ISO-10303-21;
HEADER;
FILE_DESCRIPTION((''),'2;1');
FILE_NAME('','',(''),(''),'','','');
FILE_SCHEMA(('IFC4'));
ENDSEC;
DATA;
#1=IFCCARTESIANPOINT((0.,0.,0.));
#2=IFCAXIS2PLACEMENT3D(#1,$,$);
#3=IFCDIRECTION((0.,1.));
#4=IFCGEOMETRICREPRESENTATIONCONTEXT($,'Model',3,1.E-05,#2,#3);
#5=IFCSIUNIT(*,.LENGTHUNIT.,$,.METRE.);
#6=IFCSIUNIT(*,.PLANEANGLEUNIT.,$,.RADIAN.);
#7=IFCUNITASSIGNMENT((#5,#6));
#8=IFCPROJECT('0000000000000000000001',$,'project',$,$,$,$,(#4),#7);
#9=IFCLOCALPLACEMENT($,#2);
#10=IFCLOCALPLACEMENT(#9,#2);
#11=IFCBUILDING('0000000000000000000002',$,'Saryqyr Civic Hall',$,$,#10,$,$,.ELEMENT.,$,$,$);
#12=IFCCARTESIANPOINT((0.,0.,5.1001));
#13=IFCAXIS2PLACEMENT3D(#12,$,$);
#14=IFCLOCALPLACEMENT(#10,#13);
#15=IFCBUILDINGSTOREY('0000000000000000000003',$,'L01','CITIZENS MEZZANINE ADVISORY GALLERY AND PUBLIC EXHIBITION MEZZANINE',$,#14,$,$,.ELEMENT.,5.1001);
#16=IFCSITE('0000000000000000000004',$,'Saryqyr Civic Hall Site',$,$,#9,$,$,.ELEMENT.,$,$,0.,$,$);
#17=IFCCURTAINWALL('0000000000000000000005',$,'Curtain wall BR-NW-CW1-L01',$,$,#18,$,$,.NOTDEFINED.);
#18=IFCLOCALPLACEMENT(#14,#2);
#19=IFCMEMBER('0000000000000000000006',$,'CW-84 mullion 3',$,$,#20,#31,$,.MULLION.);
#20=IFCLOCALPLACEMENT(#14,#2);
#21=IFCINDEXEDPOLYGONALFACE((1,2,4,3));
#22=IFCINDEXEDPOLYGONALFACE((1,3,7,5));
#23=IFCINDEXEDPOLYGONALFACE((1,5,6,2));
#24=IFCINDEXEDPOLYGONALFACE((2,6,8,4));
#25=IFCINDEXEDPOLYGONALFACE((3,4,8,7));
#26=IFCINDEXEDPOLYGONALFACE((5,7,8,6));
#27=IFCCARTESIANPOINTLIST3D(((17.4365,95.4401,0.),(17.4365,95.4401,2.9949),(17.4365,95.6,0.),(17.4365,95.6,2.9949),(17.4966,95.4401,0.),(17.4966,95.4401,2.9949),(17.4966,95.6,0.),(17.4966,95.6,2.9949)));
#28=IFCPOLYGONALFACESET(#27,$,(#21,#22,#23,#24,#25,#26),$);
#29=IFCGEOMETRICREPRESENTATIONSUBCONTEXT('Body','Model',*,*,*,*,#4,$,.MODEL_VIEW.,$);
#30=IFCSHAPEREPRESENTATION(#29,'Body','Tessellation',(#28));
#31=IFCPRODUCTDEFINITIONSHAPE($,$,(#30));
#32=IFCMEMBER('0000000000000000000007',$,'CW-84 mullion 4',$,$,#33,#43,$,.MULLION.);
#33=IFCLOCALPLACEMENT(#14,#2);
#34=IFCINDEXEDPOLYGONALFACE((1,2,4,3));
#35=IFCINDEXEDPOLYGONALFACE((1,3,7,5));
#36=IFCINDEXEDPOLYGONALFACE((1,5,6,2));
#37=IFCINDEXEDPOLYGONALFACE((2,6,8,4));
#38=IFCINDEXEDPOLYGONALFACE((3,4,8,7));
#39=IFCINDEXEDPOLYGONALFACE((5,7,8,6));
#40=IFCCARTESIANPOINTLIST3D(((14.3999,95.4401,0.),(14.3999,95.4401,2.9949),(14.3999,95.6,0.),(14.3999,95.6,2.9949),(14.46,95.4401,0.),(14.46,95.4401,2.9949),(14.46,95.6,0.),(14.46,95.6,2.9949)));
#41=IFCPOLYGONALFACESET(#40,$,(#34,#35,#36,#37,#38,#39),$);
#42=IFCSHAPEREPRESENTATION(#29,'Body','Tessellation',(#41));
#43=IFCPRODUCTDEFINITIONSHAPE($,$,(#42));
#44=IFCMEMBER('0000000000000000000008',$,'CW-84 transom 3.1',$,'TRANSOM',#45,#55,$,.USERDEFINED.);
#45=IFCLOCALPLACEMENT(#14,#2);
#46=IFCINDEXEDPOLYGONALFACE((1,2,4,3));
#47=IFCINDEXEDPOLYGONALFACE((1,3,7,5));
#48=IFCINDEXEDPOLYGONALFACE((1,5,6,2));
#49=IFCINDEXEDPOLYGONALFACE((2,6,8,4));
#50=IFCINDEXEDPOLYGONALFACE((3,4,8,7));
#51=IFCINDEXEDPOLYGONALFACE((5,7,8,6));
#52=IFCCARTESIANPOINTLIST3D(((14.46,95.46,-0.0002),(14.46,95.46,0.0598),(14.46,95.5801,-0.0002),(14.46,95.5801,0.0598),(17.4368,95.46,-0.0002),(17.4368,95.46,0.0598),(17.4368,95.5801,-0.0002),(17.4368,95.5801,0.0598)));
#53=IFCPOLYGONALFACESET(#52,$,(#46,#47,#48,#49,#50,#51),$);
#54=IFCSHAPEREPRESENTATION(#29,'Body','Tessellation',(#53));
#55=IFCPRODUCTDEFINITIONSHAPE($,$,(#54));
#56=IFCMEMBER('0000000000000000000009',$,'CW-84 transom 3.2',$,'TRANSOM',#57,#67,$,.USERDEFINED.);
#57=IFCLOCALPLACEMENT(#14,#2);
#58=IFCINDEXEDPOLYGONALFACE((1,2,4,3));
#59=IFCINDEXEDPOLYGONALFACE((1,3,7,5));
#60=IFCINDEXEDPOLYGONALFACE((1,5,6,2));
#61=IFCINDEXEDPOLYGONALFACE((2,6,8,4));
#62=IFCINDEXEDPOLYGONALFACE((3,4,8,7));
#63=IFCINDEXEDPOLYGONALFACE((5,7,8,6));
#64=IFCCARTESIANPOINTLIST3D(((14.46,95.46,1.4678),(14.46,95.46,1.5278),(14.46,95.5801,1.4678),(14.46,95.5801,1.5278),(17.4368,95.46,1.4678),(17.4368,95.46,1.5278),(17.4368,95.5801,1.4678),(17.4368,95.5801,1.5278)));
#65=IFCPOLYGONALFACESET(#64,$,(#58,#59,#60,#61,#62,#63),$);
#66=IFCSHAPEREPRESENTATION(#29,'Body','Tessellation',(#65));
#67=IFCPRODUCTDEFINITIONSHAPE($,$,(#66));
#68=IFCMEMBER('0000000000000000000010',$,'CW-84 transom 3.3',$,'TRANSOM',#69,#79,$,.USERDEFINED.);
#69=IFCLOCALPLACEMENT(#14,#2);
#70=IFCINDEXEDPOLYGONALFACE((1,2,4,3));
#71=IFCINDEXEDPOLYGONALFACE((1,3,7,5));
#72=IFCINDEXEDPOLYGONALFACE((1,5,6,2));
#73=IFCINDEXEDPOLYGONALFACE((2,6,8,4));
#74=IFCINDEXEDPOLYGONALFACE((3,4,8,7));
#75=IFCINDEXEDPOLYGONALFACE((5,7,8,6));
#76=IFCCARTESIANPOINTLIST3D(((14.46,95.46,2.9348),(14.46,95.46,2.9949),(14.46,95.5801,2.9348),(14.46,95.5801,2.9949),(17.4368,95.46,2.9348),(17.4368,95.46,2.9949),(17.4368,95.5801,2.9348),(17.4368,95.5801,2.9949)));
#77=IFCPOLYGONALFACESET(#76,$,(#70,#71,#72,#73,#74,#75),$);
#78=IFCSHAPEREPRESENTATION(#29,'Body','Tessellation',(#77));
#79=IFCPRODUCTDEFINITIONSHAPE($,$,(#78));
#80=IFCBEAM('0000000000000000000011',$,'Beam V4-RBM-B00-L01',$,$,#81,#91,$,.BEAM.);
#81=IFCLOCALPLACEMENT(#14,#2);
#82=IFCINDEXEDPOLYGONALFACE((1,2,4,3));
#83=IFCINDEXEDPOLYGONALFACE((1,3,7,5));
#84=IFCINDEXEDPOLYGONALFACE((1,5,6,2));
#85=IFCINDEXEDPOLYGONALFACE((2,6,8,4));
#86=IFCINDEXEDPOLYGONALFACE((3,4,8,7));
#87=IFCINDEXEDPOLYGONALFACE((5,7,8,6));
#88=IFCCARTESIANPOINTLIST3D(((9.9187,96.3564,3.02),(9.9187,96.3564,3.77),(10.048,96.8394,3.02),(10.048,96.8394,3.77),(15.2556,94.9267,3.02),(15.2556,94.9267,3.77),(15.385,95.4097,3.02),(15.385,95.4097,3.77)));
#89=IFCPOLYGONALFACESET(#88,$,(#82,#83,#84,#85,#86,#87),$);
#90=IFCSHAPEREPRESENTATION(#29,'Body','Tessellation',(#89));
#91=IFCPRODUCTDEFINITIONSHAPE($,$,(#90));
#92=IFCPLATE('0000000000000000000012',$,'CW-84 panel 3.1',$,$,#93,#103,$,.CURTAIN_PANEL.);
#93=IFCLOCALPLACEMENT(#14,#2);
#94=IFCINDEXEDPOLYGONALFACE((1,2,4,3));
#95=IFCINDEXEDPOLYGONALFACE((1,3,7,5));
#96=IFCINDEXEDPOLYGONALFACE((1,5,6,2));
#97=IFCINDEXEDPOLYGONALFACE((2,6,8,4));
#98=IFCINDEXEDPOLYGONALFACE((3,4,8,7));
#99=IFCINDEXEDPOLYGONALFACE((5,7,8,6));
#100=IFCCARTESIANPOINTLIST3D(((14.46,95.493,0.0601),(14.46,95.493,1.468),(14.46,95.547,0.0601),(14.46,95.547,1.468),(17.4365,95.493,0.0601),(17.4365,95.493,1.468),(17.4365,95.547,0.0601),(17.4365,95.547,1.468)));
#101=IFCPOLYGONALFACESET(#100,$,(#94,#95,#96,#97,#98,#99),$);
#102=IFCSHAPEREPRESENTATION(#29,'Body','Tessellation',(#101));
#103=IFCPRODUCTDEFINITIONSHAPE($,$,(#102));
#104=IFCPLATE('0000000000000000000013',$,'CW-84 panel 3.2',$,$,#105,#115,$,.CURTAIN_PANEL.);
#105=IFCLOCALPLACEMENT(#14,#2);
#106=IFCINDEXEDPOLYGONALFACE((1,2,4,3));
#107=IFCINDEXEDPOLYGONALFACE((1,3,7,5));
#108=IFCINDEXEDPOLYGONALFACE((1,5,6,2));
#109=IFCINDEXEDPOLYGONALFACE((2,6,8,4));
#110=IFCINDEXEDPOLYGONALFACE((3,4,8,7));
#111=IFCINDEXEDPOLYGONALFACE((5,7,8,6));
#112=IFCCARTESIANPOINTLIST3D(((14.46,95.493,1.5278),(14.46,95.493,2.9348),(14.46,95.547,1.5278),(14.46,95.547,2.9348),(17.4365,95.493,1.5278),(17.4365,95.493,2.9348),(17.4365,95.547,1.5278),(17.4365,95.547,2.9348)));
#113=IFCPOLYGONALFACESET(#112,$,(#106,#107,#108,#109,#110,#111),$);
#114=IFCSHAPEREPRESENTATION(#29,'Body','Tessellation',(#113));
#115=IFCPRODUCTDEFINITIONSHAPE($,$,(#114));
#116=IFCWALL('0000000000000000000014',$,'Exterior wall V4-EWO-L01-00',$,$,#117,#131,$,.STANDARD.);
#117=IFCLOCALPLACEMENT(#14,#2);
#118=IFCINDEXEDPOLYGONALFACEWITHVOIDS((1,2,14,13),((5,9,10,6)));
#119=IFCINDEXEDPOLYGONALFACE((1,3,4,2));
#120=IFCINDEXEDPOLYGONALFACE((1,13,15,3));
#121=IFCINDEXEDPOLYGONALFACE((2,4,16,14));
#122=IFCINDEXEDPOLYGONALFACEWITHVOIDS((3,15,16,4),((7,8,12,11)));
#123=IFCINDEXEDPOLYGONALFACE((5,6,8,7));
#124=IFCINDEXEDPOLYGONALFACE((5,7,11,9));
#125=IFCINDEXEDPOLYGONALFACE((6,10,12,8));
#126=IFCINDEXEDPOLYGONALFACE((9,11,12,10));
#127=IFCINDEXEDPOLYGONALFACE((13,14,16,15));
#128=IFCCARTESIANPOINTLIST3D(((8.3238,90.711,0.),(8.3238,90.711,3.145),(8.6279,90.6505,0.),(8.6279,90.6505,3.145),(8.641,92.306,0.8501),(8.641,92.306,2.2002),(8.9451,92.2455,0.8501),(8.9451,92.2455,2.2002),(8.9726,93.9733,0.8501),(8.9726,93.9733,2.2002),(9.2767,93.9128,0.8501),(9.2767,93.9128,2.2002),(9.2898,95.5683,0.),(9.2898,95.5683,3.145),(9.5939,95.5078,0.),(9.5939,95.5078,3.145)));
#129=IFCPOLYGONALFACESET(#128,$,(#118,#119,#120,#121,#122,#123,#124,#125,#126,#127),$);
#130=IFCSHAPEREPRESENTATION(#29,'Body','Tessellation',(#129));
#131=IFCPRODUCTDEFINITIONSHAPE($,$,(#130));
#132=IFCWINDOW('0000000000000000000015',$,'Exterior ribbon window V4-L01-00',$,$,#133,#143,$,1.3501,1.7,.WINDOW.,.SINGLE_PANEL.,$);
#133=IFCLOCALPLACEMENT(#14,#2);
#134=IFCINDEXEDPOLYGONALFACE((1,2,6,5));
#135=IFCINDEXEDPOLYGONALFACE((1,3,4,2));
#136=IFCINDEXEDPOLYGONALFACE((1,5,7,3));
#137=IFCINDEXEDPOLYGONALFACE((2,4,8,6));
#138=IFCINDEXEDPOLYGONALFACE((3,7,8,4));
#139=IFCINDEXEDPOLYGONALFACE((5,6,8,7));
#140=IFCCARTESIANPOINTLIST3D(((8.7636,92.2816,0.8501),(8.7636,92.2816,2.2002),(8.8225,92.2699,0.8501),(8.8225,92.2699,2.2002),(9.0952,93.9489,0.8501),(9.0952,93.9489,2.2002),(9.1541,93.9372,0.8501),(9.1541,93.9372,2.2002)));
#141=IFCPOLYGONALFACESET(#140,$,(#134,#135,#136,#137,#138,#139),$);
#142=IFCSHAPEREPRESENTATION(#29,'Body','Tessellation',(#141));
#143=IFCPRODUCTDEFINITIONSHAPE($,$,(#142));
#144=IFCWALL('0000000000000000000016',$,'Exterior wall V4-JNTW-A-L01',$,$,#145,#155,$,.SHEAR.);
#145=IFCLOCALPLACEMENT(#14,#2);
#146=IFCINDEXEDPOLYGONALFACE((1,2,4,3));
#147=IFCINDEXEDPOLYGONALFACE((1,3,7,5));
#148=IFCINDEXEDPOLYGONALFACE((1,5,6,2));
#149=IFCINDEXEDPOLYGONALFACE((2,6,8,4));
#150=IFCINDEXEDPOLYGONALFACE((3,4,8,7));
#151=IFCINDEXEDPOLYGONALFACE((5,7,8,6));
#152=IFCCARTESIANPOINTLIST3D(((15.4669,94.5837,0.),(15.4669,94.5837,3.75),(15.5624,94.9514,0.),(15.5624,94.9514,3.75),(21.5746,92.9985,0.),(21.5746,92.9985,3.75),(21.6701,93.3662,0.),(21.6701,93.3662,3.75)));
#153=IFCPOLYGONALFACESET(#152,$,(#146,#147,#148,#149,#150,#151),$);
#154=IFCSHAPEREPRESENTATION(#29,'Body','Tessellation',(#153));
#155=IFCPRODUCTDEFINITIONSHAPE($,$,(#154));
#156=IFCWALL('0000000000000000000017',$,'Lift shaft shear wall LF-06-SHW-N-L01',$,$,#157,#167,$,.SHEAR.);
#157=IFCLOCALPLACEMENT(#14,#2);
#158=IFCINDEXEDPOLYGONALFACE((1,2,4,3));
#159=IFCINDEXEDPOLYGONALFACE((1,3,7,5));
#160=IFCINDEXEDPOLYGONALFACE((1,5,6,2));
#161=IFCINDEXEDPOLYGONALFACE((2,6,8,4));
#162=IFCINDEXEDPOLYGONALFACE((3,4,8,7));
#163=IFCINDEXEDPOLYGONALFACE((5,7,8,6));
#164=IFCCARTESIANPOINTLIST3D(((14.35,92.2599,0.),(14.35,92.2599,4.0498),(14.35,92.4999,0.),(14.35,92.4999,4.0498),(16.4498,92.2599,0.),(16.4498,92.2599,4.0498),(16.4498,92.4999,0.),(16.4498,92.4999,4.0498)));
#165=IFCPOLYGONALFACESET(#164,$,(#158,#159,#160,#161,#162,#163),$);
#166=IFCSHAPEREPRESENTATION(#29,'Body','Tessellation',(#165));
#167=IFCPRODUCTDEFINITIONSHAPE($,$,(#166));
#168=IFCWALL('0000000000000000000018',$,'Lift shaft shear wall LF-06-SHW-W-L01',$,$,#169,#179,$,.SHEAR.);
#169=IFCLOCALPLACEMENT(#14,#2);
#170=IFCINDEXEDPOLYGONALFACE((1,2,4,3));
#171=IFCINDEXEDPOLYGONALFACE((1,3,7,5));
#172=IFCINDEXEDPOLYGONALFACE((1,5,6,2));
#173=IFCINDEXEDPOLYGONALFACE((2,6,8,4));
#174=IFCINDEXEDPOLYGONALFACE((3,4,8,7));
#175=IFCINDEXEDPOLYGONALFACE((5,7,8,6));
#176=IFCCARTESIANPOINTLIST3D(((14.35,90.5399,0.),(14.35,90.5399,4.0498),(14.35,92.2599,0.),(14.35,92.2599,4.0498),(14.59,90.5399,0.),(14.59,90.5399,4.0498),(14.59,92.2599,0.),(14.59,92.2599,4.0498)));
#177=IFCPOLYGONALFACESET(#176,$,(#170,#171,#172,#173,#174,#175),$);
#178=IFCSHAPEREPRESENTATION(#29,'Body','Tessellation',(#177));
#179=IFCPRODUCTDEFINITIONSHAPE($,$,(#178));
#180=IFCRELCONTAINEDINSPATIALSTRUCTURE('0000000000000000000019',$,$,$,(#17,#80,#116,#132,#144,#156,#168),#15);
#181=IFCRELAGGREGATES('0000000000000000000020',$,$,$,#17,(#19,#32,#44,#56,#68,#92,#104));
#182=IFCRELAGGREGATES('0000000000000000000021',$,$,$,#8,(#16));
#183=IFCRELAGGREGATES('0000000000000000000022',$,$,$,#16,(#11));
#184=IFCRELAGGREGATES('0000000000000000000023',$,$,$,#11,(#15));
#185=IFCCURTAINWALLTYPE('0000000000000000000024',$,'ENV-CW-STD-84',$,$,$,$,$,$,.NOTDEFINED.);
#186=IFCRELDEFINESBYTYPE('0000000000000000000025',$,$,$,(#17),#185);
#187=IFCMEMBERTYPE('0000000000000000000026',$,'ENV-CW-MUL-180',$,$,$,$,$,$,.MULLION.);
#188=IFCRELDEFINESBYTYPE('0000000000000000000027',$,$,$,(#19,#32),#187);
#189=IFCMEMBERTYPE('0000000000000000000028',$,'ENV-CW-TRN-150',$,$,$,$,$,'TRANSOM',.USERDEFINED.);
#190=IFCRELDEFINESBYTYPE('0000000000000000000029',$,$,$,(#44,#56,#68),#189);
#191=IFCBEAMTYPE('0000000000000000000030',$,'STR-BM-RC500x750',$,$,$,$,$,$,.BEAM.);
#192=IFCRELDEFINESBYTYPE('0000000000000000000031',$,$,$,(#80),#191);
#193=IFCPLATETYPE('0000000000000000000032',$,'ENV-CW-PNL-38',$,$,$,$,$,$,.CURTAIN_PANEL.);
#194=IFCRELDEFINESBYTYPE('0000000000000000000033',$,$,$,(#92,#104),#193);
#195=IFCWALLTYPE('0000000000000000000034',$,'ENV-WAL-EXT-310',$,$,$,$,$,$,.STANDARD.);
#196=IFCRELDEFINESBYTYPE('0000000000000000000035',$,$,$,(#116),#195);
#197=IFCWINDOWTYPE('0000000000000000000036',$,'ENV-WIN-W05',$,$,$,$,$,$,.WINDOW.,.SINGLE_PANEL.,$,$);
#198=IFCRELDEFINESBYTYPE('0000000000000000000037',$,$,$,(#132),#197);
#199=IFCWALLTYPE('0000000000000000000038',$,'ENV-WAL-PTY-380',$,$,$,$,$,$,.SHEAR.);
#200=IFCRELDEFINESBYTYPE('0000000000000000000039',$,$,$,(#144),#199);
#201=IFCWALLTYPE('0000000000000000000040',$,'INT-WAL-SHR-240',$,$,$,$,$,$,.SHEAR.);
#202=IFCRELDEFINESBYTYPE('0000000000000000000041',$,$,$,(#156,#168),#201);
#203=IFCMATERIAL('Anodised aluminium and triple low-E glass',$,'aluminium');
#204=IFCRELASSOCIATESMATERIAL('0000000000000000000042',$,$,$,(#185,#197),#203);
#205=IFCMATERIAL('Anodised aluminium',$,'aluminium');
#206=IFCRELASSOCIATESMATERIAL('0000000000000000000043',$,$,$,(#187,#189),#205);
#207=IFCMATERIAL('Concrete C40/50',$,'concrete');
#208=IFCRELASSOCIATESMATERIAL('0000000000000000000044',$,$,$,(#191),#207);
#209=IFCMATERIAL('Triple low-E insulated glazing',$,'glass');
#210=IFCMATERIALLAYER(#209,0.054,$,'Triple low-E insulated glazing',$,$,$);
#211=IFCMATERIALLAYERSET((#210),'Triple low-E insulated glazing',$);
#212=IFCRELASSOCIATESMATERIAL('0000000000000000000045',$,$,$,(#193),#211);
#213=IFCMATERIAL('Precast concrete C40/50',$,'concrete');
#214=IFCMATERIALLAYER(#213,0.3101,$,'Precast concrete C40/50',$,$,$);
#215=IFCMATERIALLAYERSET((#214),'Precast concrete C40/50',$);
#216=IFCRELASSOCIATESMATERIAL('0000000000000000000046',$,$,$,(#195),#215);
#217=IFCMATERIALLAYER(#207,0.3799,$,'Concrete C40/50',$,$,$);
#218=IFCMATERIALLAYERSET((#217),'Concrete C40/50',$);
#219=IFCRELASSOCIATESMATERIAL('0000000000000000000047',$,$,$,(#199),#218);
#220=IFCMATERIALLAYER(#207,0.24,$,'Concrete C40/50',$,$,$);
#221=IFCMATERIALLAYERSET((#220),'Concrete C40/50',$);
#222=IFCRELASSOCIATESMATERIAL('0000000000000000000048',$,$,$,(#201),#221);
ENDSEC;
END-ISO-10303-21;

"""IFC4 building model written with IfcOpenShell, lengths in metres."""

from ifc_helpers import new_model, si_unit, direction, frame, frame_2d, origin, origin_2d, place, context, subcontext, project, spatial, rectangle, extrude, material, layer, layer_set, material_profile, profile_set, type_object, element, fill, aggregate, save


model = new_model("IFC4")

# Units and contexts
model_context = context("Model", 3, precision=1e-05, world=origin(), true_north=direction((0.0, 1.0)))
body_context = subcontext(model_context, "Body", "Model", "MODEL_VIEW")
ifc_project = project(units=[si_unit("LENGTHUNIT", "METRE"), si_unit("PLANEANGLEUNIT", "RADIAN")], contexts=[model_context])

# Site, building, storey
site_placement = place(None, origin())
site = spatial("IfcSite", under=ifc_project, at=site_placement, Name="Saryqyr Civic Hall Site", CompositionType="ELEMENT", RefElevation=0.0)
building_placement = place(site_placement, origin())
building = spatial("IfcBuilding", under=site, at=building_placement, Name="Saryqyr Civic Hall", CompositionType="ELEMENT")
storey_placement = place(building_placement, frame((0.0, 0.0, 5.1001)))
storey = spatial("IfcBuildingStorey", under=building, at=storey_placement, Name="L01", Description="CITIZENS MEZZANINE ADVISORY GALLERY AND PUBLIC EXHIBITION MEZZANINE", CompositionType="ELEMENT", Elevation=5.1001)

# Shared definitions
ifc_material_1 = material(Name="Concrete C40/50", Category="concrete")

# Curtain wall, members
ifc_material_2 = material(Name="Anodised aluminium and triple low-E glass", Category="aluminium")
curtain_wall_type = type_object("IfcCurtainWallType", Name="ENV-CW-STD-84", PredefinedType="NOTDEFINED", material=ifc_material_2)
curtain_wall_placement = place(storey_placement, origin())
curtain_wall = element("IfcCurtainWall", 1, at=curtain_wall_placement, inside=storey, type_object=curtain_wall_type, Name="Curtain wall BR-NW-CW1-L01", PredefinedType="NOTDEFINED")
ifc_material_3 = material(Name="Anodised aluminium", Category="aluminium")
ifc_material_profile_1 = material_profile(ifc_material_3, rectangle(XDim=0.0601, YDim=0.1599, at=origin_2d()), Name="ALU MULLION 60x160")
ifc_profile_set_1 = profile_set([ifc_material_profile_1], Name="Anodised aluminium")
member_type_1 = type_object("IfcMemberType", Name="ENV-CW-MUL-180", PredefinedType="MULLION", material=ifc_profile_set_1)
member_1_placement = place(storey_placement, frame((17.4666, 95.52, 0.0), z_axis=(0.0, 0.0, 1.0), x_axis=(-1.0, 0.0, 0.0)))
member_1 = element("IfcMember", 2, at=member_1_placement, type_object=member_type_1, Name="CW-84 mullion 3", PredefinedType="MULLION", context=body_context, shape_type="SweptSolid", body=[
    extrude(rectangle(XDim=0.0601, YDim=0.1599, at=origin_2d()), origin(), (0.0, 0.0, 1.0), 2.9949),
])
member_2_placement = place(storey_placement, frame((14.4299, 95.52, 0.0), z_axis=(0.0, 0.0, 1.0), x_axis=(-1.0, 0.0, 0.0)))
member_2 = element("IfcMember", 3, at=member_2_placement, type_object=member_type_1, Name="CW-84 mullion 4", PredefinedType="MULLION", context=body_context, shape_type="SweptSolid", body=[
    extrude(rectangle(XDim=0.0601, YDim=0.1599, at=origin_2d()), origin(), (0.0, 0.0, 1.0), 2.9949),
])
ifc_material_profile_2 = material_profile(ifc_material_3, rectangle(XDim=0.1201, YDim=0.0601, at=origin_2d()), Name="ALU TRANSOM 120x60")
ifc_profile_set_2 = profile_set([ifc_material_profile_2], Name="Anodised aluminium")
member_type_2 = type_object("IfcMemberType", Name="ENV-CW-TRN-150", ElementType="TRANSOM", PredefinedType="USERDEFINED", material=ifc_profile_set_2)
member_3_placement = place(storey_placement, frame((17.4368, 95.52, 0.0298), z_axis=(-1.0, 0.0, 0.0), x_axis=(0.0, -1.0, 0.0)))
member_3 = element("IfcMember", 4, at=member_3_placement, type_object=member_type_2, Name="CW-84 transom 3.1", ObjectType="TRANSOM", PredefinedType="USERDEFINED", context=body_context, shape_type="SweptSolid", body=[
    extrude(rectangle(XDim=0.1201, YDim=0.0601, at=origin_2d()), origin(), (0.0, 0.0, 1.0), 2.9768),
])
member_4_placement = place(storey_placement, frame((17.4368, 95.52, 1.4978), z_axis=(-1.0, 0.0, 0.0), x_axis=(0.0, -1.0, 0.0)))
member_4 = element("IfcMember", 5, at=member_4_placement, type_object=member_type_2, Name="CW-84 transom 3.2", ObjectType="TRANSOM", PredefinedType="USERDEFINED", context=body_context, shape_type="SweptSolid", body=[
    extrude(rectangle(XDim=0.1201, YDim=0.0601, at=origin_2d()), origin(), (0.0, 0.0, 1.0), 2.9768),
])
member_5_placement = place(storey_placement, frame((17.4368, 95.52, 2.9648), z_axis=(-1.0, 0.0, 0.0), x_axis=(0.0, -1.0, 0.0)))
member_5 = element("IfcMember", 6, at=member_5_placement, type_object=member_type_2, Name="CW-84 transom 3.3", ObjectType="TRANSOM", PredefinedType="USERDEFINED", context=body_context, shape_type="SweptSolid", body=[
    extrude(rectangle(XDim=0.1201, YDim=0.0601, at=origin_2d()), origin(), (0.0, 0.0, 1.0), 2.9768),
])

# Beam
ifc_material_profile_3 = material_profile(ifc_material_1, rectangle(XDim=0.5, YDim=0.75, at=origin_2d()), Name="RC 500x750")
ifc_profile_set_3 = profile_set([ifc_material_profile_3], Name="Concrete C40/50")
beam_type = type_object("IfcBeamType", Name="STR-BM-RC500x750", PredefinedType="BEAM", material=ifc_profile_set_3)
beam_placement = place(storey_placement, frame((15.3203, 95.1682, 3.395), z_axis=(-0.965941, 0.258763, 0.0), x_axis=(-0.258763, -0.965941, 0.0)))
element("IfcBeam", 7, at=beam_placement, inside=storey, type_object=beam_type, Name="Beam V4-RBM-B00-L01", PredefinedType="BEAM", context=body_context, shape_type="SweptSolid", body=[
    extrude(rectangle(XDim=0.5, YDim=0.75, at=origin_2d()), origin(), (0.0, 0.0, 1.0), 5.5251),
])

# Plates
ifc_material_4 = material(Name="Triple low-E insulated glazing", Category="glass")
ifc_layer_1 = layer(ifc_material_4, 0.054, Name="Triple low-E insulated glazing")
ifc_layer_set_1 = layer_set([ifc_layer_1], Name="Triple low-E insulated glazing")
plate_type = type_object("IfcPlateType", Name="ENV-CW-PNL-38", PredefinedType="CURTAIN_PANEL", material=ifc_layer_set_1)
plate_1_placement = place(storey_placement, frame((15.9482, 95.52, 0.0601), z_axis=(0.0, 0.0, 1.0), x_axis=(-1.0, 0.0, 0.0)))
plate_1 = element("IfcPlate", 8, at=plate_1_placement, type_object=plate_type, Name="CW-84 panel 3.1", PredefinedType="CURTAIN_PANEL", context=body_context, shape_type="SweptSolid", body=[
    extrude(rectangle(XDim=2.9766, YDim=0.054, at=origin_2d()), origin(), (0.0, 0.0, 1.0), 1.408),
])
plate_2_placement = place(storey_placement, frame((15.9482, 95.52, 1.5278), z_axis=(0.0, 0.0, 1.0), x_axis=(-1.0, 0.0, 0.0)))
plate_2 = element("IfcPlate", 9, at=plate_2_placement, type_object=plate_type, Name="CW-84 panel 3.2", PredefinedType="CURTAIN_PANEL", context=body_context, shape_type="SweptSolid", body=[
    extrude(rectangle(XDim=2.9766, YDim=0.054, at=origin_2d()), origin(), (0.0, 0.0, 1.0), 1.407),
])
aggregate(curtain_wall, [member_1, member_2, member_3, member_4, member_5, plate_1, plate_2])

# Wall, opening, window
ifc_material_5 = material(Name="Precast concrete C40/50", Category="concrete")
ifc_layer_2 = layer(ifc_material_5, 0.3101, Name="Precast concrete C40/50")
ifc_layer_set_2 = layer_set([ifc_layer_2], Name="Precast concrete C40/50")
wall_type_1 = type_object("IfcWallType", Name="ENV-WAL-EXT-310", PredefinedType="STANDARD", material=ifc_layer_set_2)
wall_1_placement = place(storey_placement, frame((8.4758, 90.6809, 0.0), z_axis=(0.0, 0.0, 1.0), x_axis=(0.195073, 0.980789, 0.0)))
wall_1 = element("IfcWall", 10, at=wall_1_placement, inside=storey, type_object=wall_type_1, Name="Exterior wall V4-EWO-L01-00", PredefinedType="STANDARD", context=body_context, shape_type="SweptSolid", body=[
    extrude(rectangle(XDim=4.9524, YDim=0.3101, at=frame_2d((2.4761, 0.0))), origin(), (0.0, 0.0, 1.0), 3.145),
])
opening_1_placement = place(wall_1_placement, frame((1.626, 0.0, 0.8501)))
opening_1 = element("IfcOpeningElement", 11, at=opening_1_placement, cuts=wall_1, PredefinedType="OPENING", context=body_context, shape_type="SweptSolid", body=[
    extrude(rectangle(XDim=1.7, YDim=1.3501, at=frame_2d((0.8501, 0.675))), frame((0.0, 0.165, 0.0), z_axis=(0.0, -1.0, 0.0), x_axis=(1.0, 0.0, 0.0)), (0.0, 0.0, 1.0), 0.3301),
])
window_type = type_object("IfcWindowType", Name="ENV-WIN-W05", PartitioningType="SINGLE_PANEL", PredefinedType="WINDOW", material=ifc_material_2)
window_placement = place(opening_1_placement, origin())
window = element("IfcWindow", 12, at=window_placement, inside=storey, type_object=window_type, Name="Exterior ribbon window V4-L01-00", OverallHeight=1.3501, OverallWidth=1.7, PartitioningType="SINGLE_PANEL", PredefinedType="WINDOW", context=body_context, shape_type="SweptSolid", body=[
    extrude(rectangle(XDim=1.7, YDim=1.3501, at=frame_2d((0.8501, 0.675))), frame((0.0, 0.03, 0.0), z_axis=(0.0, -1.0, 0.0), x_axis=(1.0, 0.0, 0.0)), (0.0, 0.0, 1.0), 0.0601),
])
fill(opening_1, window)

# Wall
ifc_layer_3 = layer(ifc_material_1, 0.3799, Name="Concrete C40/50")
ifc_layer_set_3 = layer_set([ifc_layer_3], Name="Concrete C40/50")
wall_type_2 = type_object("IfcWallType", Name="ENV-WAL-PTY-380", PredefinedType="SHEAR", material=ifc_layer_set_3)
wall_2_placement = place(storey_placement, frame((15.5146, 94.7676, 0.0), z_axis=(0.0, 0.0, 1.0), x_axis=(0.96793, -0.25122, 0.0)))
element("IfcWall", 13, at=wall_2_placement, inside=storey, type_object=wall_type_2, Name="Exterior wall V4-JNTW-A-L01", PredefinedType="SHEAR", context=body_context, shape_type="SweptSolid", body=[
    extrude(rectangle(XDim=6.3101, YDim=0.3799, at=frame_2d((3.155, 0.0))), origin(), (0.0, 0.0, 1.0), 3.75),
])

# Shared definitions
ifc_layer_4 = layer(ifc_material_1, 0.24, Name="Concrete C40/50")
ifc_layer_set_4 = layer_set([ifc_layer_4], Name="Concrete C40/50")
wall_type_3 = type_object("IfcWallType", Name="INT-WAL-SHR-240", PredefinedType="SHEAR", material=ifc_layer_set_4)

# Walls
wall_3_placement = place(storey_placement, frame((14.3501, 92.3799, 0.0), z_axis=(0.0, 0.0, 1.0), x_axis=(1.0, 0.0, 0.0)))
element("IfcWall", 14, at=wall_3_placement, inside=storey, type_object=wall_type_3, Name="Lift shaft shear wall LF-06-SHW-N-L01", PredefinedType="SHEAR", context=body_context, shape_type="SweptSolid", body=[
    extrude(rectangle(XDim=2.0999, YDim=0.24, at=frame_2d((1.0498, 0.0))), origin(), (0.0, 0.0, 1.0), 4.0498),
])
wall_4_placement = place(storey_placement, frame((14.47, 90.54, 0.0), z_axis=(0.0, 0.0, 1.0), x_axis=(0.0, 1.0, 0.0)))
element("IfcWall", 15, at=wall_4_placement, inside=storey, type_object=wall_type_3, Name="Lift shaft shear wall LF-06-SHW-W-L01", PredefinedType="SHEAR", context=body_context, shape_type="SweptSolid", body=[
    extrude(rectangle(XDim=1.72, YDim=0.24, at=frame_2d((0.8599, 0.0))), origin(), (0.0, 0.0, 1.0), 4.0498),
])

save(model, "model.ifc")
